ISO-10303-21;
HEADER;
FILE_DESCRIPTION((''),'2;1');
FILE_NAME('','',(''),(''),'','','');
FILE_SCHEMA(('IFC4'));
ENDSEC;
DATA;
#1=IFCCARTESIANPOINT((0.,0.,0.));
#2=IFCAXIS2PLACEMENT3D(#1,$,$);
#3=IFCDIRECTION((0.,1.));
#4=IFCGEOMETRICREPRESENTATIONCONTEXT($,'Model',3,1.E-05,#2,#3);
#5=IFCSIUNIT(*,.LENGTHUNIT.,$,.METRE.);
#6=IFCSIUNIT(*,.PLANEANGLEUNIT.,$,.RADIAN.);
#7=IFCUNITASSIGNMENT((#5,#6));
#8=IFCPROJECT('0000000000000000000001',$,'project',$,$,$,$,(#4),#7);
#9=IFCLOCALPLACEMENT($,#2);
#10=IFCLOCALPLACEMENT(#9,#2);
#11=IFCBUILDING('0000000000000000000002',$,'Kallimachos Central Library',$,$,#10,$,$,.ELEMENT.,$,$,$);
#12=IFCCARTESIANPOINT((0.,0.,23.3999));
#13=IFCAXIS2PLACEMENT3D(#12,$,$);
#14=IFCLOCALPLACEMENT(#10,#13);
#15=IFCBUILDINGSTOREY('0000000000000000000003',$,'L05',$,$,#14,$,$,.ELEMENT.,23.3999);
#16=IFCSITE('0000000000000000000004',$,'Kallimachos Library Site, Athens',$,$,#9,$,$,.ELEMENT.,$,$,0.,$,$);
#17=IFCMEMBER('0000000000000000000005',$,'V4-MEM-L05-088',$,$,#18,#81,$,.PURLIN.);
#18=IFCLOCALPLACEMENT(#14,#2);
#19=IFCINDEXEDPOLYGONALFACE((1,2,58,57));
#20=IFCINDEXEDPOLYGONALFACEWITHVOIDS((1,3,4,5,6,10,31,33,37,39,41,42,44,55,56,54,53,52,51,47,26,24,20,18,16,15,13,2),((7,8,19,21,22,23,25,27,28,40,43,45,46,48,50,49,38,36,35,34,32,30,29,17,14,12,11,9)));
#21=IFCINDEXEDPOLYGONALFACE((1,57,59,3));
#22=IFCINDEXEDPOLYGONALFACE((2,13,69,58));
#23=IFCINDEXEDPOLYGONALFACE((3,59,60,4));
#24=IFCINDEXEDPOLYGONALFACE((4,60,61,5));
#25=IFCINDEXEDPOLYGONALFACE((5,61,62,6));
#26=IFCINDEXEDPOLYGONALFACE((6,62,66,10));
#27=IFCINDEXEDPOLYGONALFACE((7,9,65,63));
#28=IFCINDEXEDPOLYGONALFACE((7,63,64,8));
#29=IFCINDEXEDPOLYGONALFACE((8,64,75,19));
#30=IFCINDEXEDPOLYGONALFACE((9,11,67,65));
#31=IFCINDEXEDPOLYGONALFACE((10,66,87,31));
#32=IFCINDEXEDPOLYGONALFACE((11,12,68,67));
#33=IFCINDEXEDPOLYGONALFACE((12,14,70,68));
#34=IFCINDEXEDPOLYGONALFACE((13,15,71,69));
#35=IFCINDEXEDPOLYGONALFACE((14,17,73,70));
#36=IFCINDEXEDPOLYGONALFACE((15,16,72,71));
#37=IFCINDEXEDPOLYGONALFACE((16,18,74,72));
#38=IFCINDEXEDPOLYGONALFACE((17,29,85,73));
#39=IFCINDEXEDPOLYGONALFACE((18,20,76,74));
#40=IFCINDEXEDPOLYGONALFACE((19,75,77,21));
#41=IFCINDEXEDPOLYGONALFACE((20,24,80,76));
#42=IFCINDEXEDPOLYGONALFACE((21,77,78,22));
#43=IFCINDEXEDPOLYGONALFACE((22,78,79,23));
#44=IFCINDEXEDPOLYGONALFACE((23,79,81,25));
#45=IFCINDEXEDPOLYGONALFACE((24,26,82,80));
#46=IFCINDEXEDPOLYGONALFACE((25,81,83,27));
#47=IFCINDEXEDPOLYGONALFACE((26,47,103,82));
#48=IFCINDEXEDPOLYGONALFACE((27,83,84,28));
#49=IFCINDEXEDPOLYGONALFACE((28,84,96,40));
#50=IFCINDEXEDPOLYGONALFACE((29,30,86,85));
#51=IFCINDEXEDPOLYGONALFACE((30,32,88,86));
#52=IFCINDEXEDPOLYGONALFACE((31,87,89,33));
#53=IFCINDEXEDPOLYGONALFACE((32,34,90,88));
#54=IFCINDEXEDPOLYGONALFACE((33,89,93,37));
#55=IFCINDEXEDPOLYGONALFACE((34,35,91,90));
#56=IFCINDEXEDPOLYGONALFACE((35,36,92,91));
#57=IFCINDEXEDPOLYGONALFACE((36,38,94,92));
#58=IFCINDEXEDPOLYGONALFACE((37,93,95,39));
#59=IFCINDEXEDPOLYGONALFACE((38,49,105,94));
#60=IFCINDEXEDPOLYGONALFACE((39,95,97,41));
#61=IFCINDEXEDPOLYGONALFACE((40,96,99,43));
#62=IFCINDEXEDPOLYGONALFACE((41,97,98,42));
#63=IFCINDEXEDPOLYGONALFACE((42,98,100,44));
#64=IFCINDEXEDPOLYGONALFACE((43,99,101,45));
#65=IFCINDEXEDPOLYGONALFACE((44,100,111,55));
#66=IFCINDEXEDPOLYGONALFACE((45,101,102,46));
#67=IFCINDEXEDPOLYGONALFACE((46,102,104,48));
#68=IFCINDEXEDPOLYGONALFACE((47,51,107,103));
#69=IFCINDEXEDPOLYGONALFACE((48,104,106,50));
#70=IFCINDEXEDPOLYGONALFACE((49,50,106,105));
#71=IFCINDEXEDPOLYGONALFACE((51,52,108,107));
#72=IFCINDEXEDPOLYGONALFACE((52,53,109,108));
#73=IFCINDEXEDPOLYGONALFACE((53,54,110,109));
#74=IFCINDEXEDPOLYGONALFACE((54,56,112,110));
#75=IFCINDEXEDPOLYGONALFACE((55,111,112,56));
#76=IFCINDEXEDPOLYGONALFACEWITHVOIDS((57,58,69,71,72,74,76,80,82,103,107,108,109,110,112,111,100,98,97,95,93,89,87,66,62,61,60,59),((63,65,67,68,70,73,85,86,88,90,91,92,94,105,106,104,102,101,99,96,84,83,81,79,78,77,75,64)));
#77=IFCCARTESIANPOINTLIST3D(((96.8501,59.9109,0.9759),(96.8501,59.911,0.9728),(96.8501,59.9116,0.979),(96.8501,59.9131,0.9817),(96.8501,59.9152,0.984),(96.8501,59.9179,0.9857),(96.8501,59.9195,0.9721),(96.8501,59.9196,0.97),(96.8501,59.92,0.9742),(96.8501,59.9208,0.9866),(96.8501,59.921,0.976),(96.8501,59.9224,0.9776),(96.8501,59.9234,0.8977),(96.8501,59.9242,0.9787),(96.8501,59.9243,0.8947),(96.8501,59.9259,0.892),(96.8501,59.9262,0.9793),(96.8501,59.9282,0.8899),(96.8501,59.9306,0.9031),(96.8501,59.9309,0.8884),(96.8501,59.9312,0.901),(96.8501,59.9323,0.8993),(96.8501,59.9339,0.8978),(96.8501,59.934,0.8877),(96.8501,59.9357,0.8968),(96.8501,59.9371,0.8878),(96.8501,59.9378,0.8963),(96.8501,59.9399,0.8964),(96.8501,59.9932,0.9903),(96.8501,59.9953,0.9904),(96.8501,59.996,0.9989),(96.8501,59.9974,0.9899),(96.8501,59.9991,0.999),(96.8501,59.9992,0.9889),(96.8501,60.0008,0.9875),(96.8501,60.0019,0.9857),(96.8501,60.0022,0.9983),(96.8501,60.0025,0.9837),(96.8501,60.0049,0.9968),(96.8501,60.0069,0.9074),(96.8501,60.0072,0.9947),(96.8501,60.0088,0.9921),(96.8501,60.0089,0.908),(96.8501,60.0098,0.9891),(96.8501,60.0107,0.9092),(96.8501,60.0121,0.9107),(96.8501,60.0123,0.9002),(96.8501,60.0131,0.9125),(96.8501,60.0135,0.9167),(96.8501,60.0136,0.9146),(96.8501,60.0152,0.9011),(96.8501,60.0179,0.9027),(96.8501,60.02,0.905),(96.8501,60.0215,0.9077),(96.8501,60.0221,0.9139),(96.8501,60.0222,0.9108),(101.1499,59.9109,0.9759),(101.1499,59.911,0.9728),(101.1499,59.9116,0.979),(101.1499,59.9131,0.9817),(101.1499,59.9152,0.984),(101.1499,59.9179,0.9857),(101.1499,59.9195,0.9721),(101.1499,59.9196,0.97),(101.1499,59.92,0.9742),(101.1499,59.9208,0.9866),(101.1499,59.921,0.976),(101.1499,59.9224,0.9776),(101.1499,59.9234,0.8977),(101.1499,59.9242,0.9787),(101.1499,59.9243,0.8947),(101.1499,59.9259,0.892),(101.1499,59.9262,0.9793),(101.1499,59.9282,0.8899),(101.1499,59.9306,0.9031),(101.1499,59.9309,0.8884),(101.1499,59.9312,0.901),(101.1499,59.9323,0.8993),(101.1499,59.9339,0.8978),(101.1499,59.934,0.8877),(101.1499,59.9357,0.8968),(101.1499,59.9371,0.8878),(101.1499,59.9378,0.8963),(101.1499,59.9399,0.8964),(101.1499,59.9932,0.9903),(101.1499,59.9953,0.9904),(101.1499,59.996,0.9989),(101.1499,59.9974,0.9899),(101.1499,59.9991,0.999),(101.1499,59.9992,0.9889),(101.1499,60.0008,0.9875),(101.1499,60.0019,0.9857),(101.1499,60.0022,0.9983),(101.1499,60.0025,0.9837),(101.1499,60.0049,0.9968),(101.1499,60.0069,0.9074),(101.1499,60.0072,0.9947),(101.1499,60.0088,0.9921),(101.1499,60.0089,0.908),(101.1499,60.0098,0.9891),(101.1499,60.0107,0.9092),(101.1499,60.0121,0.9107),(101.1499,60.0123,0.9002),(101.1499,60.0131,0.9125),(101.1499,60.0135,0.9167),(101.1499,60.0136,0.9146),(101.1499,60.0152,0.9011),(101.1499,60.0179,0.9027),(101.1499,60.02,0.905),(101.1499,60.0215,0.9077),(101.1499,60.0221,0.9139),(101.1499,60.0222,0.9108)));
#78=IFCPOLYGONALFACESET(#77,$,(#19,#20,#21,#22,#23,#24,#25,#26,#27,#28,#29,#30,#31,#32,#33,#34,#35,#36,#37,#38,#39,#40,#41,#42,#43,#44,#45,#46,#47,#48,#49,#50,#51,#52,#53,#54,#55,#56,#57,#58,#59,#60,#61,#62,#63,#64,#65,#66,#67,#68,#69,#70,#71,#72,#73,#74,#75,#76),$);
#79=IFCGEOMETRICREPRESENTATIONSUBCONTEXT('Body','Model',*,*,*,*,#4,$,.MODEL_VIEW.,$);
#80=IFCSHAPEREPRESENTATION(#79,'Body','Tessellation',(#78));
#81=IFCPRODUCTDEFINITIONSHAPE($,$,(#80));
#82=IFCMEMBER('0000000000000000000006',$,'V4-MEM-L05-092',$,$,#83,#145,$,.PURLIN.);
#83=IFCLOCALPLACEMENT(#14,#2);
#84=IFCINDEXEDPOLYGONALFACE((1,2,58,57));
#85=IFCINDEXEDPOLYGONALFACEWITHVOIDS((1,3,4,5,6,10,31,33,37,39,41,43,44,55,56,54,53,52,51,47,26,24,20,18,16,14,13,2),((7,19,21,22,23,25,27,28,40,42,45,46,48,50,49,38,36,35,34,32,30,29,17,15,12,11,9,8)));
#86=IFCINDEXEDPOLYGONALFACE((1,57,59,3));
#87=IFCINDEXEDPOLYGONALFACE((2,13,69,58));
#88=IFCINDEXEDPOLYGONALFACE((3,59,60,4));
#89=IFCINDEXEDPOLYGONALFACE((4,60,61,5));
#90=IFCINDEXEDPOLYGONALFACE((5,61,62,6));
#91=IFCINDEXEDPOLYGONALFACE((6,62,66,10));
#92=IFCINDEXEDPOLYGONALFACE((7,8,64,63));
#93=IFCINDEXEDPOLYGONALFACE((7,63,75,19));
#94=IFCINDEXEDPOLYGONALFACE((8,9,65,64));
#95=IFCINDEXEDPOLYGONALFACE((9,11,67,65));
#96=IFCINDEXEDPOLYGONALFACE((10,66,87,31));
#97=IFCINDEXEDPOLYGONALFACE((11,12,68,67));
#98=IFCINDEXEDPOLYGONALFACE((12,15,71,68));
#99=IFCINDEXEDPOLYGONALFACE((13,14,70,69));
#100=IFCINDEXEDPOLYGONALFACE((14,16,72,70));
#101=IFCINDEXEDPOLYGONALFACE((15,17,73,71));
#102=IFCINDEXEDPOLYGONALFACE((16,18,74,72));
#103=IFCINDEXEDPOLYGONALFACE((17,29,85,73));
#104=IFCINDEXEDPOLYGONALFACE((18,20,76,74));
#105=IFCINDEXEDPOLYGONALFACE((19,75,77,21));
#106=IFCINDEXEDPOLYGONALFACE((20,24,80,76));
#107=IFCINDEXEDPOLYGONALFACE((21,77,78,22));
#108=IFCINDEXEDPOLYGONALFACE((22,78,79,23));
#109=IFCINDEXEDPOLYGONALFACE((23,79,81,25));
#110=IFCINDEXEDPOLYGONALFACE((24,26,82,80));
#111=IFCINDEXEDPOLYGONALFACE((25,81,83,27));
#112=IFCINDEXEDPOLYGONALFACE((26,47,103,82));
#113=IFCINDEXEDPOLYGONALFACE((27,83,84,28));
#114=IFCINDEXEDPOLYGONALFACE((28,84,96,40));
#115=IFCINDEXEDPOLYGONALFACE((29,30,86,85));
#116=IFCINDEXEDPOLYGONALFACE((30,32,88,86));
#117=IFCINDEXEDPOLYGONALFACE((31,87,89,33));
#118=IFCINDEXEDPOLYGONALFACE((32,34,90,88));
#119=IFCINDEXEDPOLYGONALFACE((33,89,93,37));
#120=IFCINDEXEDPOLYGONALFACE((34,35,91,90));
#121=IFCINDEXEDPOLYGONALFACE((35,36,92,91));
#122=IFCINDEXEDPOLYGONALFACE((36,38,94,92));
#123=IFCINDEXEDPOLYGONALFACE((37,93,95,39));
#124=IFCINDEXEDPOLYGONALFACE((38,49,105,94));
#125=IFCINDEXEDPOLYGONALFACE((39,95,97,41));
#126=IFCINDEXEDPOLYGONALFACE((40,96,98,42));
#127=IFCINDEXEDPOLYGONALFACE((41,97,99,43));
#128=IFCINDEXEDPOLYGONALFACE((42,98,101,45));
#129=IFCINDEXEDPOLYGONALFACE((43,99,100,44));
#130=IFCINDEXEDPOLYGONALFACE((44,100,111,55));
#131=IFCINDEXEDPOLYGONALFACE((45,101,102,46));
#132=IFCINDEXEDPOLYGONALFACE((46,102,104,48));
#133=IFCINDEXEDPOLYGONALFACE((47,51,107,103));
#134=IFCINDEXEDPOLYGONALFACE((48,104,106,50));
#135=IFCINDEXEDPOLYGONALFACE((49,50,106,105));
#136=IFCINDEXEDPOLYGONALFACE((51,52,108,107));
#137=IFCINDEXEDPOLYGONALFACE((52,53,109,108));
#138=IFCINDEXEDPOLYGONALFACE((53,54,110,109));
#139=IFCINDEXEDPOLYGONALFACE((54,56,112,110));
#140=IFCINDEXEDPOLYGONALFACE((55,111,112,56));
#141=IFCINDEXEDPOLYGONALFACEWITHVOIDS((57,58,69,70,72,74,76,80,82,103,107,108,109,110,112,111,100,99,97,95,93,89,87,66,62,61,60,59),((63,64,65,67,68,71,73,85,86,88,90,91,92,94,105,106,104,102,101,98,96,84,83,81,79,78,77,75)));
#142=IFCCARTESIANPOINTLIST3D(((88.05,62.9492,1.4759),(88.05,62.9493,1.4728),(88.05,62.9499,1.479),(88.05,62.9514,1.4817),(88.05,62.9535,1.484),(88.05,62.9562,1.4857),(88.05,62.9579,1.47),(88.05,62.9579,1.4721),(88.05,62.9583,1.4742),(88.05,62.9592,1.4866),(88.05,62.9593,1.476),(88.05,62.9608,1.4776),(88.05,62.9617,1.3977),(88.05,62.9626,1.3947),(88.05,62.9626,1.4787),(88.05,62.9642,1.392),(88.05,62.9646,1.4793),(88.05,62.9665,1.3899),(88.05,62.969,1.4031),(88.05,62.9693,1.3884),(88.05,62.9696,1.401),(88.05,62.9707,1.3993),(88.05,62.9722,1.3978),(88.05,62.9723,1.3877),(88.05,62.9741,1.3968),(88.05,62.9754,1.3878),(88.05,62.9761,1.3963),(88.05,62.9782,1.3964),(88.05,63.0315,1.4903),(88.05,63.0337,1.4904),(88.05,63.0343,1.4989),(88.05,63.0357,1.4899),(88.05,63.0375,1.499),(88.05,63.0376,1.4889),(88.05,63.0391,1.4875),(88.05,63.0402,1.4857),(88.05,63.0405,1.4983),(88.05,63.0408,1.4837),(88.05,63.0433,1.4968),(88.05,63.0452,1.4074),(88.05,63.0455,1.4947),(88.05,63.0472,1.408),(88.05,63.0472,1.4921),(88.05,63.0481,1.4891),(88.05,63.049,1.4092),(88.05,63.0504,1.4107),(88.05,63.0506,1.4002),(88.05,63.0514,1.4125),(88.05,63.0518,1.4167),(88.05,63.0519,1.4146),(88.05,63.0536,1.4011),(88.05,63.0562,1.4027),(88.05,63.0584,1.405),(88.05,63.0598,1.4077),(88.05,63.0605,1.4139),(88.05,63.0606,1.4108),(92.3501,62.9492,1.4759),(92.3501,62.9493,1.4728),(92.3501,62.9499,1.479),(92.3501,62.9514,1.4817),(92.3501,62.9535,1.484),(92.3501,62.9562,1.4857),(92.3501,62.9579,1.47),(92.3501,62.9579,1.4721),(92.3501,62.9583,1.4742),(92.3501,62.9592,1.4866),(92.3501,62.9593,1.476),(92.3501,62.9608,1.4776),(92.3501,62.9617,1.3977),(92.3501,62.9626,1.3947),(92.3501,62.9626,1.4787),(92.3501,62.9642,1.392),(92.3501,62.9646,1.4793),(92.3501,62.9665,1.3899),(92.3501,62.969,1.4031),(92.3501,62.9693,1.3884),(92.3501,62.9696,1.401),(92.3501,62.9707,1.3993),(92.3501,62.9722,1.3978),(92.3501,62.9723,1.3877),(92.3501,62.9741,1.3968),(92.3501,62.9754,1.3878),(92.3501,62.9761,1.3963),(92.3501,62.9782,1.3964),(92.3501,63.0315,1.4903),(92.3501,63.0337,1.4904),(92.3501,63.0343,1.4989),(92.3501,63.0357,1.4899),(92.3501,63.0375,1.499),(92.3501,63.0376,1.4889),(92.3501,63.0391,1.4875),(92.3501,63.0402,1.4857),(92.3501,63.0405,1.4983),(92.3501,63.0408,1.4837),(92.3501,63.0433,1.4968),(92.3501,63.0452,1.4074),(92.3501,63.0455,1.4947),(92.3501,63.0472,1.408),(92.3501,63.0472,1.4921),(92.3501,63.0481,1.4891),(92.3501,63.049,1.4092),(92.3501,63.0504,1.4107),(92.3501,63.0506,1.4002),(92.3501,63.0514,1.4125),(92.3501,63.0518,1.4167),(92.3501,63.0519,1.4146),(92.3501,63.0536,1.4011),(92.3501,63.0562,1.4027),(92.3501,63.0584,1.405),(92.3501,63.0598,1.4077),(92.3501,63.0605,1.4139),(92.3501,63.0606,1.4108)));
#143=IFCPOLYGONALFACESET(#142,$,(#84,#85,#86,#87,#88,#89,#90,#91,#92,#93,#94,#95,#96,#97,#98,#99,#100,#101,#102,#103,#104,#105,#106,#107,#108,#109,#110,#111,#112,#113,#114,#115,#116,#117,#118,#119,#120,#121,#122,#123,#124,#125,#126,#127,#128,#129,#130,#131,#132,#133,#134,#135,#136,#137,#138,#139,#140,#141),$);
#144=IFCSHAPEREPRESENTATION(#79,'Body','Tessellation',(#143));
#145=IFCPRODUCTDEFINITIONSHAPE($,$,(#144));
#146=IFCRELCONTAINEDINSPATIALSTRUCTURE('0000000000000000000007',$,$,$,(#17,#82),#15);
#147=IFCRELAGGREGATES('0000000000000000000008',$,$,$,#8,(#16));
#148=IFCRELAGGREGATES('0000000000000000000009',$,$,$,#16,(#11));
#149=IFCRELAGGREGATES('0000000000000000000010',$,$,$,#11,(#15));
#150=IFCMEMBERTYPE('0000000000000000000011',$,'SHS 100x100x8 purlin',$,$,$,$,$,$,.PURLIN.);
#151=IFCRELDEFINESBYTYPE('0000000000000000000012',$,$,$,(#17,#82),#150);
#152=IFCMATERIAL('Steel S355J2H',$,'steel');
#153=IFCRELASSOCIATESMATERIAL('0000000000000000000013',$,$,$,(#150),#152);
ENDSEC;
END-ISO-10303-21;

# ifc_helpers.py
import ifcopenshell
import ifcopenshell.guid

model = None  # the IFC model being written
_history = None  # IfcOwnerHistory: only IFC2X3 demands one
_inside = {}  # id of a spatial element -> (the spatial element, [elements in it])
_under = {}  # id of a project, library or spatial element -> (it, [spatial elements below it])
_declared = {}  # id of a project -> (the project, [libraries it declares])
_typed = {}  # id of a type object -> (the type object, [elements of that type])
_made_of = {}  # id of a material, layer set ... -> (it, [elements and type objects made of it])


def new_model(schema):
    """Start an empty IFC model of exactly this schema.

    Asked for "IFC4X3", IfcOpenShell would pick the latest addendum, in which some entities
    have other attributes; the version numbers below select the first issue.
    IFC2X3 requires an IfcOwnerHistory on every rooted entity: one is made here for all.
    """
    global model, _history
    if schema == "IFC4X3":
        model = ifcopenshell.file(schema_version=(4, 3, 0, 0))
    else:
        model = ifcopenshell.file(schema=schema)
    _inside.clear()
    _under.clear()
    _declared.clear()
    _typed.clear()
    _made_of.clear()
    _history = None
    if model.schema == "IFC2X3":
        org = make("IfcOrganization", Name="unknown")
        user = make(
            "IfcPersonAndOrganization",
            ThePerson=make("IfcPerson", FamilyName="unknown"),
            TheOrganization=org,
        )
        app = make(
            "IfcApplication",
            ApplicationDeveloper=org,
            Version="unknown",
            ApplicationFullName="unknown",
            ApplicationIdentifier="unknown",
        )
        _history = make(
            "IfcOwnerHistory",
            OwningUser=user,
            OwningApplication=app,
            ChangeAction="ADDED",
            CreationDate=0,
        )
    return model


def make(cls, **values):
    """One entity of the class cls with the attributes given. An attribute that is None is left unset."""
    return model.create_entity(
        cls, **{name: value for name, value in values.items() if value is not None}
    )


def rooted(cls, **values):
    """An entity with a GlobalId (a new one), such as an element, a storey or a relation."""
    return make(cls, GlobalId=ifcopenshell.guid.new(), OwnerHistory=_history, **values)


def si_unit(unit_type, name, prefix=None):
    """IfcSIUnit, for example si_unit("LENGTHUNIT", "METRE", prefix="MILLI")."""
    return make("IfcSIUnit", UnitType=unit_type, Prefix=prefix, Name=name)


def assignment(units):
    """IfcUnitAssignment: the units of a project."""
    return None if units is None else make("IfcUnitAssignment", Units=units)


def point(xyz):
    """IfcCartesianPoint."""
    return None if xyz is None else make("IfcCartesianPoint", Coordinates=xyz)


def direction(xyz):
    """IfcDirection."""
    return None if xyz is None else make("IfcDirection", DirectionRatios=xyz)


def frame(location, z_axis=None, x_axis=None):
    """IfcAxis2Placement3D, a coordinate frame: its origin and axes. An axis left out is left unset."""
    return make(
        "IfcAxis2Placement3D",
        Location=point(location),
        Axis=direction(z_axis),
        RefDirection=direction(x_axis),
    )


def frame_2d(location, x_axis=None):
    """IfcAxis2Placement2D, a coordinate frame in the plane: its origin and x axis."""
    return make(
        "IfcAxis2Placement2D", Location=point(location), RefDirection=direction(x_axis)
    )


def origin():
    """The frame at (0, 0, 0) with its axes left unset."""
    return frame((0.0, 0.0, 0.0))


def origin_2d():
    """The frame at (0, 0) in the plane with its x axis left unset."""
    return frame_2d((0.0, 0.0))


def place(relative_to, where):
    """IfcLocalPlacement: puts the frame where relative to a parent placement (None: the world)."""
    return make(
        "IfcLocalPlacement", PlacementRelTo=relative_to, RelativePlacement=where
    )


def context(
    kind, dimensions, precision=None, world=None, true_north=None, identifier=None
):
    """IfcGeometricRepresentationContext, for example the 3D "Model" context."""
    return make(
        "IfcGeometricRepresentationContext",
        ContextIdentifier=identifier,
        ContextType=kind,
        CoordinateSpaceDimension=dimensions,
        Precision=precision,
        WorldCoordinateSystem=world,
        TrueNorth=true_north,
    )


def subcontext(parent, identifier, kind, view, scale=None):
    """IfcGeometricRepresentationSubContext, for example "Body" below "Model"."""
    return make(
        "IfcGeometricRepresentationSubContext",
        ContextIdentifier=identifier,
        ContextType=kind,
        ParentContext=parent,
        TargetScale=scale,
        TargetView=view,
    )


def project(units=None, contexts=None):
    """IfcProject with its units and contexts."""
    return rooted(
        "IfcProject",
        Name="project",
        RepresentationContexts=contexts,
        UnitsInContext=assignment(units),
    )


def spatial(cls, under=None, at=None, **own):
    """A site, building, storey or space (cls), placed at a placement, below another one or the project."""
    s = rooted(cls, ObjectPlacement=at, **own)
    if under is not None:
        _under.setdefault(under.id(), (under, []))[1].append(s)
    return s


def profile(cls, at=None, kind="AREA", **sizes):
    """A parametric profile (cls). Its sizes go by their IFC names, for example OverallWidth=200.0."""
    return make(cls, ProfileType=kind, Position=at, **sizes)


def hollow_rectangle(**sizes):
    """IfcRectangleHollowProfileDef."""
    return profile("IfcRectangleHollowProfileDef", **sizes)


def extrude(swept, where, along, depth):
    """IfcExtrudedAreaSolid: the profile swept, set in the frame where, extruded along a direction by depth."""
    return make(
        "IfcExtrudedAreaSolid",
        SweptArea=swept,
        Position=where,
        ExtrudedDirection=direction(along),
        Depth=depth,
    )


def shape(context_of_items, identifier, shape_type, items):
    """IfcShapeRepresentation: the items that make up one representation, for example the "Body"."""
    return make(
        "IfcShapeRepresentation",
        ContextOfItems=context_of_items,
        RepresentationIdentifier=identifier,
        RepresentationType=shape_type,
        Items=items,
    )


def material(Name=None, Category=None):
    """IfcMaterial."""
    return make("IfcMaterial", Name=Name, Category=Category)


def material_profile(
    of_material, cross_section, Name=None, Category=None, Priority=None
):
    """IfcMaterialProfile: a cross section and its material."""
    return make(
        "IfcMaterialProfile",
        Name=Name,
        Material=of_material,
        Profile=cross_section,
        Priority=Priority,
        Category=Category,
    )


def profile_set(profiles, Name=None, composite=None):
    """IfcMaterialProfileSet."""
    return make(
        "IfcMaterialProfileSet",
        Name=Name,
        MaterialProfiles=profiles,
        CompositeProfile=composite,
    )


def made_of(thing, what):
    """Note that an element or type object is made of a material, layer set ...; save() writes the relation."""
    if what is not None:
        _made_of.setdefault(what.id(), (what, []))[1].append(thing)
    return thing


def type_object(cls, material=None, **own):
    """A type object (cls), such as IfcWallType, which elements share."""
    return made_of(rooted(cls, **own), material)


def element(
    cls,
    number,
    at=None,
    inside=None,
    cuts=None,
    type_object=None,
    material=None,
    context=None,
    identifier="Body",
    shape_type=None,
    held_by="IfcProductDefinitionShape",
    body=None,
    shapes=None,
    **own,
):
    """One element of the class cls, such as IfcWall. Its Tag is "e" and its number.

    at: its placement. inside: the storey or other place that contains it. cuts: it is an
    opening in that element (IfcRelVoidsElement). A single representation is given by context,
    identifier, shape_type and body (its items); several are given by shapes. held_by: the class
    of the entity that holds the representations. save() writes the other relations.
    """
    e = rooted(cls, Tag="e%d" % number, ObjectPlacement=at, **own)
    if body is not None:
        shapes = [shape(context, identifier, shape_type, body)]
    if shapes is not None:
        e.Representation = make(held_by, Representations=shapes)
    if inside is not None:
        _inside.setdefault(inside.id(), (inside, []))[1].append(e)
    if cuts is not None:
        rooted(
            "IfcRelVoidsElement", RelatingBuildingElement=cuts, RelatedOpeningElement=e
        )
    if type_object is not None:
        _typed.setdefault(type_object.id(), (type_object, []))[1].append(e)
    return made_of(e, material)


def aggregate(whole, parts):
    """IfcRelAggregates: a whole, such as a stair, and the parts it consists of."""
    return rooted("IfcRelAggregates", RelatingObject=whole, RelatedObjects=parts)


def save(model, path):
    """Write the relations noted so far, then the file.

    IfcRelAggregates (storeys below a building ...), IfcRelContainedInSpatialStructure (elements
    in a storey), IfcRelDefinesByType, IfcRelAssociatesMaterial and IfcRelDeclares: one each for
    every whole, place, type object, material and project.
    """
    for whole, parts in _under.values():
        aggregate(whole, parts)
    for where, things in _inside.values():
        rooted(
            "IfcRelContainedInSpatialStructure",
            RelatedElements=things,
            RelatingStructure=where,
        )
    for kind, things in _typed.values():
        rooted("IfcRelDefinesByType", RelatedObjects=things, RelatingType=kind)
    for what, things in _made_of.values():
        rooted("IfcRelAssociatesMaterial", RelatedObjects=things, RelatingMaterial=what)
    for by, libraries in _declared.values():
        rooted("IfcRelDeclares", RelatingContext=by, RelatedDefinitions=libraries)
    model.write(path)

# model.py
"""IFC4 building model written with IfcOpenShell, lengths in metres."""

from ifc_helpers import new_model, si_unit, direction, frame, origin, origin_2d, place, context, subcontext, project, spatial, hollow_rectangle, extrude, material, material_profile, profile_set, type_object, element, save


model = new_model("IFC4")

# Units and contexts
model_context = context("Model", 3, precision=1e-05, world=origin(), true_north=direction((0.0, 1.0)))
body_context = subcontext(model_context, "Body", "Model", "MODEL_VIEW")
ifc_project = project(units=[si_unit("LENGTHUNIT", "METRE"), si_unit("PLANEANGLEUNIT", "RADIAN")], contexts=[model_context])

# Site, building, storey
site_placement = place(None, origin())
site = spatial("IfcSite", under=ifc_project, at=site_placement, Name="Kallimachos Library Site, Athens", CompositionType="ELEMENT", RefElevation=0.0)
building_placement = place(site_placement, origin())
building = spatial("IfcBuilding", under=site, at=building_placement, Name="Kallimachos Central Library", CompositionType="ELEMENT")
storey_placement = place(building_placement, frame((0.0, 0.0, 23.3999)))
storey = spatial("IfcBuildingStorey", under=building, at=storey_placement, Name="L05", CompositionType="ELEMENT", Elevation=23.3999)

# Members
ifc_material_1 = material(Name="Steel S355J2H", Category="steel")
ifc_material_profile_1 = material_profile(ifc_material_1, hollow_rectangle(XDim=0.1001, YDim=0.1001, WallThickness=0.0081, InnerFilletRadius=0.0081, OuterFilletRadius=0.012, at=origin_2d()), Name="SHS 100x100x8")
ifc_profile_set_1 = profile_set([ifc_material_profile_1], Name="Steel S355J2H")
member_type_1 = type_object("IfcMemberType", Name="SHS 100x100x8 purlin", PredefinedType="PURLIN", material=ifc_profile_set_1)
member_1_placement = place(storey_placement, frame((96.8501, 59.9666, 0.9434), z_axis=(1.0, 0.0, 0.0), x_axis=(0.0, 0.986728, 0.16238)))
element("IfcMember", 1, at=member_1_placement, inside=storey, type_object=member_type_1, Name="V4-MEM-L05-088", PredefinedType="PURLIN", context=body_context, shape_type="SweptSolid", body=[
    extrude(hollow_rectangle(XDim=0.1001, YDim=0.1001, WallThickness=0.0081, InnerFilletRadius=0.0081, OuterFilletRadius=0.012, at=origin_2d()), origin(), (0.0, 0.0, 1.0), 4.2998),
])
for number, where, z_axis, x_axis, name in (
    (2, (88.05, 63.0049, 1.4434), (1.0, 0.0, 0.0), (0.0, 0.986728, 0.16238), "V4-MEM-L05-092"),
):
    element("IfcMember", number, at=place(storey_placement, frame(where, z_axis=z_axis, x_axis=x_axis)), inside=storey, type_object=member_type_1, Name=name, PredefinedType="PURLIN", context=body_context, shape_type="SweptSolid", body=[
        extrude(hollow_rectangle(XDim=0.1001, YDim=0.1001, WallThickness=0.0081, InnerFilletRadius=0.0081, OuterFilletRadius=0.012, at=origin_2d()), origin(), (0.0, 0.0, 1.0), 4.3),
    ])

save(model, "model.ifc")
